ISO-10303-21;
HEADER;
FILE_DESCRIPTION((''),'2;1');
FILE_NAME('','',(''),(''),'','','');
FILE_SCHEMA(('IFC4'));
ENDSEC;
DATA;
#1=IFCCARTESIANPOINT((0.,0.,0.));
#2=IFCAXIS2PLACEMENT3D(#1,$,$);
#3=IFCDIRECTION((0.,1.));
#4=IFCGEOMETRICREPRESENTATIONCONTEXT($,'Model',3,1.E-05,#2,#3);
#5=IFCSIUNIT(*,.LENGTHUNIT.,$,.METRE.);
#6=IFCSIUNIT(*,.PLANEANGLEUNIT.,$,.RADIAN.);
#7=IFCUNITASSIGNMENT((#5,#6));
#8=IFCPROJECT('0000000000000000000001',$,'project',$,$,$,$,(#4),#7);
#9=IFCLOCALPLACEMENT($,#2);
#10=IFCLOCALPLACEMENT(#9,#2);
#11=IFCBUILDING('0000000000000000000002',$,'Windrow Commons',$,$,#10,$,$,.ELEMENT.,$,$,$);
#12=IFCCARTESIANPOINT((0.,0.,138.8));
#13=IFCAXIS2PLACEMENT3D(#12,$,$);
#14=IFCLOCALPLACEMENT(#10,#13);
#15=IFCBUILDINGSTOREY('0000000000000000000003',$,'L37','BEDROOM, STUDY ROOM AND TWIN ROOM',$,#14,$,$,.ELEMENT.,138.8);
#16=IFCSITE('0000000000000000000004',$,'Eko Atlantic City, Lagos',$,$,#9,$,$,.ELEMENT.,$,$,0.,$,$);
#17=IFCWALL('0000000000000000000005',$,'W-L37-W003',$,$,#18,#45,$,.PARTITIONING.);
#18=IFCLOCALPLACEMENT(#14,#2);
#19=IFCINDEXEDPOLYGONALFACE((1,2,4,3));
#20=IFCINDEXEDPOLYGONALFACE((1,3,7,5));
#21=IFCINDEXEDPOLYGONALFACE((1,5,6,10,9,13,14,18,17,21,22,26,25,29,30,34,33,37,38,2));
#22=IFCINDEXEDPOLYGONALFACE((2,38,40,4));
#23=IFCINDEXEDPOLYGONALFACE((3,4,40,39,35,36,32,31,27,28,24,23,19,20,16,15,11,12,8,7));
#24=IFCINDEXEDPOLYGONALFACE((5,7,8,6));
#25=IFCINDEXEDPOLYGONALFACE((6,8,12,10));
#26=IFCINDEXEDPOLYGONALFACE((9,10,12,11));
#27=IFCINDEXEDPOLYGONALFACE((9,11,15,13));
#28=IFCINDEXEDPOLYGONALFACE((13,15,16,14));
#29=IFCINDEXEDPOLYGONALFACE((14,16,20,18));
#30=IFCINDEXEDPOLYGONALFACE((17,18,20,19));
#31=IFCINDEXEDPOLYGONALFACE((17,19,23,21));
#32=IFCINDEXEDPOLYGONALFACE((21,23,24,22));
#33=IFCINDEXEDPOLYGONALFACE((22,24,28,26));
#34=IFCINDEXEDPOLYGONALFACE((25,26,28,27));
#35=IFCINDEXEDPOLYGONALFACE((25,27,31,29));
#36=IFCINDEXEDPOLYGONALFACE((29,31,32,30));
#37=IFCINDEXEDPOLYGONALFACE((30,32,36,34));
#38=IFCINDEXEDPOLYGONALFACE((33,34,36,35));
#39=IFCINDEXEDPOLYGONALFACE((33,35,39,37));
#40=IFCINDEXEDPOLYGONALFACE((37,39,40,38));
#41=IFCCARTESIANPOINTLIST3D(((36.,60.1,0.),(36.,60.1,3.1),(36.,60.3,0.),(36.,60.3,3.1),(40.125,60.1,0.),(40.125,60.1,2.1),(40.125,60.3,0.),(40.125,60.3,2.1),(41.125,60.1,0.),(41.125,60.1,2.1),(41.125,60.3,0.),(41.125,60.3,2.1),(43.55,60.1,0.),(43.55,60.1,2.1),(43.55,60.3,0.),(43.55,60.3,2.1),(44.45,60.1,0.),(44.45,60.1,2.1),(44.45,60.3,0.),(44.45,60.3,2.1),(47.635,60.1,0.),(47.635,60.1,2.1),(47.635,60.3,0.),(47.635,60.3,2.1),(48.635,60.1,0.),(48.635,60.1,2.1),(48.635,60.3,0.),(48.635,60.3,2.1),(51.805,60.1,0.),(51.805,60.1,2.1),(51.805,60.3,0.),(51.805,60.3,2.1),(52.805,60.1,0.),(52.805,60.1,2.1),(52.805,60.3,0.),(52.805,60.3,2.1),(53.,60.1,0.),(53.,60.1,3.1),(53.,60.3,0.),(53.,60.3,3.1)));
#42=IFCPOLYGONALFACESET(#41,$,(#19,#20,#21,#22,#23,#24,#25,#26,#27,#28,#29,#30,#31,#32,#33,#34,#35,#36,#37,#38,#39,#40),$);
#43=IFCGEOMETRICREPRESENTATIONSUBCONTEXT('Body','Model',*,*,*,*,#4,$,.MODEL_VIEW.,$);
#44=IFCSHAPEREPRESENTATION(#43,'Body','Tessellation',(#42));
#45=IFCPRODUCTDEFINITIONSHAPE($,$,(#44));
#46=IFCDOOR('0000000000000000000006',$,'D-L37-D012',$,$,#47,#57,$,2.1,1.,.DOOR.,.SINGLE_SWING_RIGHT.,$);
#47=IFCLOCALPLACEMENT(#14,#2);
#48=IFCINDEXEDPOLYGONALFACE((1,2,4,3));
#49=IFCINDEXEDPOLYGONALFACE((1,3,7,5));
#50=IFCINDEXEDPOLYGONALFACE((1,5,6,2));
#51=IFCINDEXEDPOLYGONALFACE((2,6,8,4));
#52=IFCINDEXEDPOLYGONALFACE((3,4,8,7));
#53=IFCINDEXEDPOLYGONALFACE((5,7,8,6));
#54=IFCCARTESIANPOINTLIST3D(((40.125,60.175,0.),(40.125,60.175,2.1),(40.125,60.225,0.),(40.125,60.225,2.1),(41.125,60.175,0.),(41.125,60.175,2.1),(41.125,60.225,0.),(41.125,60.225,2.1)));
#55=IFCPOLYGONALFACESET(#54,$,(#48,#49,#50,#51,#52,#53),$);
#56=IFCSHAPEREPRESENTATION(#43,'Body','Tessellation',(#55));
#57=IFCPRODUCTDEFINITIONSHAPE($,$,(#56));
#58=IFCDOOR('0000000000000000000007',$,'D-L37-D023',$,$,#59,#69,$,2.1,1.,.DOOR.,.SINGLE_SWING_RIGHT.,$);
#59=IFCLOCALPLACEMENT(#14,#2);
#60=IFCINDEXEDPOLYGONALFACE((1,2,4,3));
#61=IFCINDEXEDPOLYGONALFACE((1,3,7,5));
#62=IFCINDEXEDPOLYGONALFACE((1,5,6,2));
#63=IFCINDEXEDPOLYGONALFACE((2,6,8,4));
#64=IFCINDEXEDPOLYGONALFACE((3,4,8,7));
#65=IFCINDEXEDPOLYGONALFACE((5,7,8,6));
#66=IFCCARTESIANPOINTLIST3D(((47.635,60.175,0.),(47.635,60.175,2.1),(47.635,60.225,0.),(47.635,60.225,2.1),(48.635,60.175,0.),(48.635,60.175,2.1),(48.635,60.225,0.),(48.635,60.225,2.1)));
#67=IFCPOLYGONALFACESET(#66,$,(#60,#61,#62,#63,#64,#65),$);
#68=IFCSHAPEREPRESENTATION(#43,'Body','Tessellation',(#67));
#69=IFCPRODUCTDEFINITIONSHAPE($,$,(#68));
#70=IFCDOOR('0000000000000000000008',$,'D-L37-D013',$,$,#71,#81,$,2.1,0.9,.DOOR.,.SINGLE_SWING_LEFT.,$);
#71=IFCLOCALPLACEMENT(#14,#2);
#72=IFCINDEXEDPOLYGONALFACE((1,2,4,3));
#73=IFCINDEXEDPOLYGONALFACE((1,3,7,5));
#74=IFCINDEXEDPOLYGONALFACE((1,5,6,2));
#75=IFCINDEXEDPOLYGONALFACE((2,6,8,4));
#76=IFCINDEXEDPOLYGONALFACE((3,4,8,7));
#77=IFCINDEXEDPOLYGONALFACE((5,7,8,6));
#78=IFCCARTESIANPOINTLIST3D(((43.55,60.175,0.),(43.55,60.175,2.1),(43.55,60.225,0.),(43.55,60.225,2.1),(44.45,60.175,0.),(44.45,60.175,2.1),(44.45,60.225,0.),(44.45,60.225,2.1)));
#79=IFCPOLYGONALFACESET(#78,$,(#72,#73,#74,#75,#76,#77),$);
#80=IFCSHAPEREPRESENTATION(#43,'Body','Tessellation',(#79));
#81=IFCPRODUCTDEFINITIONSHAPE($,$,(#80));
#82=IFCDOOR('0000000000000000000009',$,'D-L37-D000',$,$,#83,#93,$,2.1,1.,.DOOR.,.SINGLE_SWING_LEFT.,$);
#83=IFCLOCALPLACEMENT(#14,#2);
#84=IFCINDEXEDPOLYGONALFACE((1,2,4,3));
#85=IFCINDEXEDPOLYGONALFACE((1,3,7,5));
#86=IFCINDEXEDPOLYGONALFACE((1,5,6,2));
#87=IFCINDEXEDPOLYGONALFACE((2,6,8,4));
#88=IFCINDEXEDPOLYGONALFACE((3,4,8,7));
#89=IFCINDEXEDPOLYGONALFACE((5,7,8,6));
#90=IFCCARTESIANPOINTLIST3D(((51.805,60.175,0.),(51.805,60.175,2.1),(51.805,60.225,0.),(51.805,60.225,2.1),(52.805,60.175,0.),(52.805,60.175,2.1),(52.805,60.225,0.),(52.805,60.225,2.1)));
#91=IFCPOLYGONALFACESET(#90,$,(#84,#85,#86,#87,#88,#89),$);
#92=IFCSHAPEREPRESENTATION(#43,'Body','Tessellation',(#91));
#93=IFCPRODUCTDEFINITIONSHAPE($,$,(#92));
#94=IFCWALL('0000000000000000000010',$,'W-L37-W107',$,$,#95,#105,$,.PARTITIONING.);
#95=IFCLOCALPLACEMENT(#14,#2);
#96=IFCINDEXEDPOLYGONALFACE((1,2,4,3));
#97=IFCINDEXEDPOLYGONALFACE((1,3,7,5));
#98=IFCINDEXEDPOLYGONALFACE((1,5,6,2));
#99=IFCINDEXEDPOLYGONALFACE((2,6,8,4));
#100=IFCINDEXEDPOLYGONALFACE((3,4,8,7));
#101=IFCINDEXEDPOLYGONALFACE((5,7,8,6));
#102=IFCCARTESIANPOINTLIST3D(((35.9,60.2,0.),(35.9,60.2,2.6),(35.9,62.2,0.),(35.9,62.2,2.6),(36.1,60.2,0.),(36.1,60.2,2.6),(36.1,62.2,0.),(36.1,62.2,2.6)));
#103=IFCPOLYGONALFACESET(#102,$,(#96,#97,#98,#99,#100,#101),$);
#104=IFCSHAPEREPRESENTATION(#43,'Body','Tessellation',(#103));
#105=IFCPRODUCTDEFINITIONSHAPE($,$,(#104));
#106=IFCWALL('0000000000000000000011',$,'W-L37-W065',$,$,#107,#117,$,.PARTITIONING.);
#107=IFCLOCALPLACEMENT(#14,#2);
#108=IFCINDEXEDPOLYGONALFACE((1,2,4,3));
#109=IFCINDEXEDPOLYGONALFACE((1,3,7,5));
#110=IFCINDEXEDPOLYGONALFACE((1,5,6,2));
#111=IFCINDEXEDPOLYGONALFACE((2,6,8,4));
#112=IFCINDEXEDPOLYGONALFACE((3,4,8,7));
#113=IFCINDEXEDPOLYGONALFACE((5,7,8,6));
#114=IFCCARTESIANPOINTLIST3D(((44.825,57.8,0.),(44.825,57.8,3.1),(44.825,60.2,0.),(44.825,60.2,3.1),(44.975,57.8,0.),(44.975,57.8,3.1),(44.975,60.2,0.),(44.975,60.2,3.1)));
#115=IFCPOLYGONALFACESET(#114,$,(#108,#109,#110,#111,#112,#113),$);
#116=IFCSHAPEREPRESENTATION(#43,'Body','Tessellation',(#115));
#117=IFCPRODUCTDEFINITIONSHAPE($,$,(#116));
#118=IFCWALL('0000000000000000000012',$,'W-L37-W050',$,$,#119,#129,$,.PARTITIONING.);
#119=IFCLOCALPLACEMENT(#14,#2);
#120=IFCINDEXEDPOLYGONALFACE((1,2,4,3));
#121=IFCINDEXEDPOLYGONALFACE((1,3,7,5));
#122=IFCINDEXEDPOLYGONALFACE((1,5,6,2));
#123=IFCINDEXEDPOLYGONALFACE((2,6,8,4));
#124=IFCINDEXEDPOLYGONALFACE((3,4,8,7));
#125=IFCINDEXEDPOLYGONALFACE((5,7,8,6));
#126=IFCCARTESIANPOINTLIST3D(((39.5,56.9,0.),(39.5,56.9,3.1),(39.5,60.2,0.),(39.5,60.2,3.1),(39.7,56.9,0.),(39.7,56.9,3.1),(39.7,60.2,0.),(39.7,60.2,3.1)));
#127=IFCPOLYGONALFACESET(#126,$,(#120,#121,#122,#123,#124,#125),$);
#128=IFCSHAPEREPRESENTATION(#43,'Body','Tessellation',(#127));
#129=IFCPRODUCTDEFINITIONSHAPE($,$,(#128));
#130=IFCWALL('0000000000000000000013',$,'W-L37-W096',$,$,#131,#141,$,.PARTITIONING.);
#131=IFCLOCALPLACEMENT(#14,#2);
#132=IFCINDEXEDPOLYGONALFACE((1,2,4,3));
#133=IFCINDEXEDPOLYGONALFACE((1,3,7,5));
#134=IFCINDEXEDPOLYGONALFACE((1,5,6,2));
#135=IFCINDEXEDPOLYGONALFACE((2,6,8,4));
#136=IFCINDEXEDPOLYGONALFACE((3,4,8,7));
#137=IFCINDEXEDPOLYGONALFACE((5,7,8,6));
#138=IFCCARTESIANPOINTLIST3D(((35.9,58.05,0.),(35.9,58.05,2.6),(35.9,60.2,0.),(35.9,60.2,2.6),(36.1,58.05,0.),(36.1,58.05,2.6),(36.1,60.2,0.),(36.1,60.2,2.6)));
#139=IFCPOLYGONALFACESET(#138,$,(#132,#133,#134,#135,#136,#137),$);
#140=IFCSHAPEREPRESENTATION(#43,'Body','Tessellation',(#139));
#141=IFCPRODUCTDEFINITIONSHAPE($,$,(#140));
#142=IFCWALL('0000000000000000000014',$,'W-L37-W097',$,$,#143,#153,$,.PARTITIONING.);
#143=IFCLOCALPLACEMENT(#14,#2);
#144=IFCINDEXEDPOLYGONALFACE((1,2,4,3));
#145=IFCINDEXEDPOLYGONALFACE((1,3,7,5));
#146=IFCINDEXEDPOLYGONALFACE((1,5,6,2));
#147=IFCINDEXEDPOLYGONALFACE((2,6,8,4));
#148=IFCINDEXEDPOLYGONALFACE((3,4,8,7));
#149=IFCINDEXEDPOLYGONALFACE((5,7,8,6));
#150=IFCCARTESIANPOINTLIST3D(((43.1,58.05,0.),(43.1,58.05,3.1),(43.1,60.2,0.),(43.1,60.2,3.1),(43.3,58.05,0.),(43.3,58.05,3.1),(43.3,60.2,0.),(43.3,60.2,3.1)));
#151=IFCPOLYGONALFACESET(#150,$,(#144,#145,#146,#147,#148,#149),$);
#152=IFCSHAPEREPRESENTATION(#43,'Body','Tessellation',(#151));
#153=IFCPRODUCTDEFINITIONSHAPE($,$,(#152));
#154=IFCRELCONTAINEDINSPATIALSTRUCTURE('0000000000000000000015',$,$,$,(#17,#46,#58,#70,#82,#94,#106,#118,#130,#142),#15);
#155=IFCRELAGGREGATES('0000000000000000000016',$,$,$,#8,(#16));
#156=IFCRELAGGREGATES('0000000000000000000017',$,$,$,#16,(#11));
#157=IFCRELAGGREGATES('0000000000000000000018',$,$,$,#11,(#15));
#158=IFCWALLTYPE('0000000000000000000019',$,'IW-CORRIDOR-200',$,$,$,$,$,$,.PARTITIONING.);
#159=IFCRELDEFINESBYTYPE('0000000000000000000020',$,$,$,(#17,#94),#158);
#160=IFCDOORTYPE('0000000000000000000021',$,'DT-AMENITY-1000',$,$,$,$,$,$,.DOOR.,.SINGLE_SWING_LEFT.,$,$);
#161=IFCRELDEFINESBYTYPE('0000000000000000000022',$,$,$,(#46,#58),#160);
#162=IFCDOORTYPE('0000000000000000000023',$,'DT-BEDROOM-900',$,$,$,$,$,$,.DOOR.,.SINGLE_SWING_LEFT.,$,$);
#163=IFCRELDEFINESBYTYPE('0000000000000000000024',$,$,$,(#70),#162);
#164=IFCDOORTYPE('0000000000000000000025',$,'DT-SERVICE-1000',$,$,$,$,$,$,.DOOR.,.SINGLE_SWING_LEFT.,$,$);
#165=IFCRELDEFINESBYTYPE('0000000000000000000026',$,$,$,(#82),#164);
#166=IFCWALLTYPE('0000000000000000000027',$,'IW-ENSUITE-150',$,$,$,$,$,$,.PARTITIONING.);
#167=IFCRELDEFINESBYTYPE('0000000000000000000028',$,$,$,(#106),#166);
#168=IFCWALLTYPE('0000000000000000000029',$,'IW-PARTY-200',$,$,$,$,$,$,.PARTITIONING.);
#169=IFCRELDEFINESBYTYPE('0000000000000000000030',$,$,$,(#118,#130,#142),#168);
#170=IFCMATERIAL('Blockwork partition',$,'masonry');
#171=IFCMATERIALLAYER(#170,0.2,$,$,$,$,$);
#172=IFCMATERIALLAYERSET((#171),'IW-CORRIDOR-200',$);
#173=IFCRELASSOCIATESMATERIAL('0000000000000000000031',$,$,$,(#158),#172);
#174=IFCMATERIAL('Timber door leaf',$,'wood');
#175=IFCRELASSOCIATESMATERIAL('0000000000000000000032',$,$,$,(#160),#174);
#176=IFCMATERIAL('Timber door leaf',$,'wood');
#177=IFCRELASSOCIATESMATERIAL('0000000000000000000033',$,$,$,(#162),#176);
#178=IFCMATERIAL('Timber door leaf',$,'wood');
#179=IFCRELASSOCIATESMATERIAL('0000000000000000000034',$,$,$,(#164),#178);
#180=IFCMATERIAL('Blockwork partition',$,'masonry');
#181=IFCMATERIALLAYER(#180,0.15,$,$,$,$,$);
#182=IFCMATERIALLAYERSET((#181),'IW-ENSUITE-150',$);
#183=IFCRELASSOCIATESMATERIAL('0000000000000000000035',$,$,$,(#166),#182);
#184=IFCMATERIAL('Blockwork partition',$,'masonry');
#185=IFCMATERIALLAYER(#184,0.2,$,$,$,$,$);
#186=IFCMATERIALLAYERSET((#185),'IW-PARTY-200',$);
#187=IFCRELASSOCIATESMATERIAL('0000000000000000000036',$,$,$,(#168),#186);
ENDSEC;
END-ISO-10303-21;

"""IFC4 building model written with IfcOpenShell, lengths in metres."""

from ifc_helpers import new_model, si_unit, direction, frame, frame_2d, origin, place, context, subcontext, project, spatial, rectangle, extrude, material, layer, layer_set, type_object, element, fill, save


model = new_model("IFC4")

# Units and contexts
model_context = context("Model", 3, precision=1e-05, world=origin(), true_north=direction((0.0, 1.0)))
body_context = subcontext(model_context, "Body", "Model", "MODEL_VIEW")
ifc_project = project(units=[si_unit("LENGTHUNIT", "METRE"), si_unit("PLANEANGLEUNIT", "RADIAN")], contexts=[model_context])

# Site, building, storey
site_placement = place(None, origin())
site = spatial("IfcSite", under=ifc_project, at=site_placement, Name="Eko Atlantic City, Lagos", CompositionType="ELEMENT", RefElevation=0.0)
building_placement = place(site_placement, origin())
building = spatial("IfcBuilding", under=site, at=building_placement, Name="Windrow Commons", CompositionType="ELEMENT")
storey_placement = place(building_placement, frame((0.0, 0.0, 138.8)))
storey = spatial("IfcBuildingStorey", under=building, at=storey_placement, Name="L37", Description="BEDROOM, STUDY ROOM AND TWIN ROOM", CompositionType="ELEMENT", Elevation=138.8)

# Wall, openings, doors
ifc_material_1 = material(Name="Blockwork partition", Category="masonry")
ifc_layer_1 = layer(ifc_material_1, 0.2)
ifc_layer_set_1 = layer_set([ifc_layer_1], Name="IW-CORRIDOR-200")
wall_type_1 = type_object("IfcWallType", Name="IW-CORRIDOR-200", PredefinedType="PARTITIONING", material=ifc_layer_set_1)
wall_1_placement = place(storey_placement, frame((36.0, 60.2, 0.0), z_axis=(0.0, 0.0, 1.0), x_axis=(1.0, 0.0, 0.0)))
wall_1 = element("IfcWall", 1, at=wall_1_placement, inside=storey, type_object=wall_type_1, Name="W-L37-W003", PredefinedType="PARTITIONING", context=body_context, shape_type="SweptSolid", body=[
    extrude(rectangle(XDim=17.0, YDim=0.2, at=frame_2d((8.5, 0.0))), origin(), (0.0, 0.0, 1.0), 3.1),
])
opening_1_placement = place(wall_1_placement, frame((15.805, 0.0, 0.0)))
opening_1 = element("IfcOpeningElement", 2, at=opening_1_placement, cuts=wall_1, PredefinedType="OPENING", context=body_context, shape_type="SweptSolid", body=[
    extrude(rectangle(XDim=1.0, YDim=2.1, at=frame_2d((0.5, 1.05))), frame((0.0, 0.11, 0.0), z_axis=(0.0, -1.0, 0.0), x_axis=(1.0, 0.0, 0.0)), (0.0, 0.0, 1.0), 0.22),
])
opening_2_placement = place(wall_1_placement, frame((4.125, 0.0, 0.0)))
opening_2 = element("IfcOpeningElement", 3, at=opening_2_placement, cuts=wall_1, PredefinedType="OPENING", context=body_context, shape_type="SweptSolid", body=[
    extrude(rectangle(XDim=1.0, YDim=2.1, at=frame_2d((0.5, 1.05))), frame((0.0, 0.11, 0.0), z_axis=(0.0, -1.0, 0.0), x_axis=(1.0, 0.0, 0.0)), (0.0, 0.0, 1.0), 0.22),
])
opening_3_placement = place(wall_1_placement, frame((7.55, 0.0, 0.0)))
opening_3 = element("IfcOpeningElement", 4, at=opening_3_placement, cuts=wall_1, PredefinedType="OPENING", context=body_context, shape_type="SweptSolid", body=[
    extrude(rectangle(XDim=0.9, YDim=2.1, at=frame_2d((0.45, 1.05))), frame((0.0, 0.11, 0.0), z_axis=(0.0, -1.0, 0.0), x_axis=(1.0, 0.0, 0.0)), (0.0, 0.0, 1.0), 0.22),
])
opening_4_placement = place(wall_1_placement, frame((11.635, 0.0, 0.0)))
opening_4 = element("IfcOpeningElement", 5, at=opening_4_placement, cuts=wall_1, PredefinedType="OPENING", context=body_context, shape_type="SweptSolid", body=[
    extrude(rectangle(XDim=1.0, YDim=2.1, at=frame_2d((0.5, 1.05))), frame((0.0, 0.11, 0.0), z_axis=(0.0, -1.0, 0.0), x_axis=(1.0, 0.0, 0.0)), (0.0, 0.0, 1.0), 0.22),
])
ifc_material_2 = material(Name="Timber door leaf", Category="wood")
door_type_1 = type_object("IfcDoorType", Name="DT-AMENITY-1000", OperationType="SINGLE_SWING_LEFT", PredefinedType="DOOR", material=ifc_material_2)
door_1_placement = place(opening_2_placement, origin())
door_1 = element("IfcDoor", 6, at=door_1_placement, inside=storey, type_object=door_type_1, Name="D-L37-D012", OperationType="SINGLE_SWING_RIGHT", OverallHeight=2.1, OverallWidth=1.0, PredefinedType="DOOR", context=body_context, shape_type="SweptSolid", body=[
    extrude(rectangle(XDim=1.0, YDim=2.1, at=frame_2d((0.5, 1.05))), frame((0.0, 0.025, 0.0), z_axis=(0.0, -1.0, 0.0), x_axis=(1.0, 0.0, 0.0)), (0.0, 0.0, 1.0), 0.05),
])
fill(opening_2, door_1)
door_2_placement = place(opening_4_placement, origin())
door_2 = element("IfcDoor", 7, at=door_2_placement, inside=storey, type_object=door_type_1, Name="D-L37-D023", OperationType="SINGLE_SWING_RIGHT", OverallHeight=2.1, OverallWidth=1.0, PredefinedType="DOOR", context=body_context, shape_type="SweptSolid", body=[
    extrude(rectangle(XDim=1.0, YDim=2.1, at=frame_2d((0.5, 1.05))), frame((0.0, 0.025, 0.0), z_axis=(0.0, -1.0, 0.0), x_axis=(1.0, 0.0, 0.0)), (0.0, 0.0, 1.0), 0.05),
])
fill(opening_4, door_2)
ifc_material_3 = material(Name="Timber door leaf", Category="wood")
door_type_2 = type_object("IfcDoorType", Name="DT-BEDROOM-900", OperationType="SINGLE_SWING_LEFT", PredefinedType="DOOR", material=ifc_material_3)
door_3_placement = place(opening_3_placement, origin())
door_3 = element("IfcDoor", 8, at=door_3_placement, inside=storey, type_object=door_type_2, Name="D-L37-D013", OperationType="SINGLE_SWING_LEFT", OverallHeight=2.1, OverallWidth=0.9, PredefinedType="DOOR", context=body_context, shape_type="SweptSolid", body=[
    extrude(rectangle(XDim=0.9, YDim=2.1, at=frame_2d((0.45, 1.05))), frame((0.0, 0.025, 0.0), z_axis=(0.0, -1.0, 0.0), x_axis=(1.0, 0.0, 0.0)), (0.0, 0.0, 1.0), 0.05),
])
fill(opening_3, door_3)
ifc_material_4 = material(Name="Timber door leaf", Category="wood")
door_type_3 = type_object("IfcDoorType", Name="DT-SERVICE-1000", OperationType="SINGLE_SWING_LEFT", PredefinedType="DOOR", material=ifc_material_4)
door_4_placement = place(opening_1_placement, origin())
door_4 = element("IfcDoor", 9, at=door_4_placement, inside=storey, type_object=door_type_3, Name="D-L37-D000", OperationType="SINGLE_SWING_LEFT", OverallHeight=2.1, OverallWidth=1.0, PredefinedType="DOOR", context=body_context, shape_type="SweptSolid", body=[
    extrude(rectangle(XDim=1.0, YDim=2.1, at=frame_2d((0.5, 1.05))), frame((0.0, 0.025, 0.0), z_axis=(0.0, -1.0, 0.0), x_axis=(1.0, 0.0, 0.0)), (0.0, 0.0, 1.0), 0.05),
])
fill(opening_1, door_4)

# Walls
wall_2_placement = place(storey_placement, frame((36.0, 60.2, 0.0), z_axis=(0.0, 0.0, 1.0), x_axis=(0.0, 1.0, 0.0)))
element("IfcWall", 10, at=wall_2_placement, inside=storey, type_object=wall_type_1, Name="W-L37-W107", PredefinedType="PARTITIONING", context=body_context, shape_type="SweptSolid", body=[
    extrude(rectangle(XDim=2.0, YDim=0.2, at=frame_2d((1.0, 0.0))), origin(), (0.0, 0.0, 1.0), 2.6),
])
ifc_material_5 = material(Name="Blockwork partition", Category="masonry")
ifc_layer_2 = layer(ifc_material_5, 0.15)
ifc_layer_set_2 = layer_set([ifc_layer_2], Name="IW-ENSUITE-150")
wall_type_2 = type_object("IfcWallType", Name="IW-ENSUITE-150", PredefinedType="PARTITIONING", material=ifc_layer_set_2)
wall_3_placement = place(storey_placement, frame((44.9, 57.8, 0.0), z_axis=(0.0, 0.0, 1.0), x_axis=(0.0, 1.0, 0.0)))
element("IfcWall", 11, at=wall_3_placement, inside=storey, type_object=wall_type_2, Name="W-L37-W065", PredefinedType="PARTITIONING", context=body_context, shape_type="SweptSolid", body=[
    extrude(rectangle(XDim=2.4, YDim=0.15, at=frame_2d((1.2, 0.0))), origin(), (0.0, 0.0, 1.0), 3.1),
])
ifc_material_6 = material(Name="Blockwork partition", Category="masonry")
ifc_layer_3 = layer(ifc_material_6, 0.2)
ifc_layer_set_3 = layer_set([ifc_layer_3], Name="IW-PARTY-200")
wall_type_3 = type_object("IfcWallType", Name="IW-PARTY-200", PredefinedType="PARTITIONING", material=ifc_layer_set_3)
wall_4_placement = place(storey_placement, frame((39.6, 56.9, 0.0), z_axis=(0.0, 0.0, 1.0), x_axis=(0.0, 1.0, 0.0)))
element("IfcWall", 12, at=wall_4_placement, inside=storey, type_object=wall_type_3, Name="W-L37-W050", PredefinedType="PARTITIONING", context=body_context, shape_type="SweptSolid", body=[
    extrude(rectangle(XDim=3.3, YDim=0.2, at=frame_2d((1.65, 0.0))), origin(), (0.0, 0.0, 1.0), 3.1),
])
wall_5_placement = place(storey_placement, frame((36.0, 58.05, 0.0), z_axis=(0.0, 0.0, 1.0), x_axis=(0.0, 1.0, 0.0)))
element("IfcWall", 13, at=wall_5_placement, inside=storey, type_object=wall_type_3, Name="W-L37-W096", PredefinedType="PARTITIONING", context=body_context, shape_type="SweptSolid", body=[
    extrude(rectangle(XDim=2.15, YDim=0.2, at=frame_2d((1.075, 0.0))), origin(), (0.0, 0.0, 1.0), 2.6),
])
wall_6_placement = place(storey_placement, frame((43.2, 58.05, 0.0), z_axis=(0.0, 0.0, 1.0), x_axis=(0.0, 1.0, 0.0)))
element("IfcWall", 14, at=wall_6_placement, inside=storey, type_object=wall_type_3, Name="W-L37-W097", PredefinedType="PARTITIONING", context=body_context, shape_type="SweptSolid", body=[
    extrude(rectangle(XDim=2.15, YDim=0.2, at=frame_2d((1.075, 0.0))), origin(), (0.0, 0.0, 1.0), 3.1),
])

save(model, "model.ifc")
